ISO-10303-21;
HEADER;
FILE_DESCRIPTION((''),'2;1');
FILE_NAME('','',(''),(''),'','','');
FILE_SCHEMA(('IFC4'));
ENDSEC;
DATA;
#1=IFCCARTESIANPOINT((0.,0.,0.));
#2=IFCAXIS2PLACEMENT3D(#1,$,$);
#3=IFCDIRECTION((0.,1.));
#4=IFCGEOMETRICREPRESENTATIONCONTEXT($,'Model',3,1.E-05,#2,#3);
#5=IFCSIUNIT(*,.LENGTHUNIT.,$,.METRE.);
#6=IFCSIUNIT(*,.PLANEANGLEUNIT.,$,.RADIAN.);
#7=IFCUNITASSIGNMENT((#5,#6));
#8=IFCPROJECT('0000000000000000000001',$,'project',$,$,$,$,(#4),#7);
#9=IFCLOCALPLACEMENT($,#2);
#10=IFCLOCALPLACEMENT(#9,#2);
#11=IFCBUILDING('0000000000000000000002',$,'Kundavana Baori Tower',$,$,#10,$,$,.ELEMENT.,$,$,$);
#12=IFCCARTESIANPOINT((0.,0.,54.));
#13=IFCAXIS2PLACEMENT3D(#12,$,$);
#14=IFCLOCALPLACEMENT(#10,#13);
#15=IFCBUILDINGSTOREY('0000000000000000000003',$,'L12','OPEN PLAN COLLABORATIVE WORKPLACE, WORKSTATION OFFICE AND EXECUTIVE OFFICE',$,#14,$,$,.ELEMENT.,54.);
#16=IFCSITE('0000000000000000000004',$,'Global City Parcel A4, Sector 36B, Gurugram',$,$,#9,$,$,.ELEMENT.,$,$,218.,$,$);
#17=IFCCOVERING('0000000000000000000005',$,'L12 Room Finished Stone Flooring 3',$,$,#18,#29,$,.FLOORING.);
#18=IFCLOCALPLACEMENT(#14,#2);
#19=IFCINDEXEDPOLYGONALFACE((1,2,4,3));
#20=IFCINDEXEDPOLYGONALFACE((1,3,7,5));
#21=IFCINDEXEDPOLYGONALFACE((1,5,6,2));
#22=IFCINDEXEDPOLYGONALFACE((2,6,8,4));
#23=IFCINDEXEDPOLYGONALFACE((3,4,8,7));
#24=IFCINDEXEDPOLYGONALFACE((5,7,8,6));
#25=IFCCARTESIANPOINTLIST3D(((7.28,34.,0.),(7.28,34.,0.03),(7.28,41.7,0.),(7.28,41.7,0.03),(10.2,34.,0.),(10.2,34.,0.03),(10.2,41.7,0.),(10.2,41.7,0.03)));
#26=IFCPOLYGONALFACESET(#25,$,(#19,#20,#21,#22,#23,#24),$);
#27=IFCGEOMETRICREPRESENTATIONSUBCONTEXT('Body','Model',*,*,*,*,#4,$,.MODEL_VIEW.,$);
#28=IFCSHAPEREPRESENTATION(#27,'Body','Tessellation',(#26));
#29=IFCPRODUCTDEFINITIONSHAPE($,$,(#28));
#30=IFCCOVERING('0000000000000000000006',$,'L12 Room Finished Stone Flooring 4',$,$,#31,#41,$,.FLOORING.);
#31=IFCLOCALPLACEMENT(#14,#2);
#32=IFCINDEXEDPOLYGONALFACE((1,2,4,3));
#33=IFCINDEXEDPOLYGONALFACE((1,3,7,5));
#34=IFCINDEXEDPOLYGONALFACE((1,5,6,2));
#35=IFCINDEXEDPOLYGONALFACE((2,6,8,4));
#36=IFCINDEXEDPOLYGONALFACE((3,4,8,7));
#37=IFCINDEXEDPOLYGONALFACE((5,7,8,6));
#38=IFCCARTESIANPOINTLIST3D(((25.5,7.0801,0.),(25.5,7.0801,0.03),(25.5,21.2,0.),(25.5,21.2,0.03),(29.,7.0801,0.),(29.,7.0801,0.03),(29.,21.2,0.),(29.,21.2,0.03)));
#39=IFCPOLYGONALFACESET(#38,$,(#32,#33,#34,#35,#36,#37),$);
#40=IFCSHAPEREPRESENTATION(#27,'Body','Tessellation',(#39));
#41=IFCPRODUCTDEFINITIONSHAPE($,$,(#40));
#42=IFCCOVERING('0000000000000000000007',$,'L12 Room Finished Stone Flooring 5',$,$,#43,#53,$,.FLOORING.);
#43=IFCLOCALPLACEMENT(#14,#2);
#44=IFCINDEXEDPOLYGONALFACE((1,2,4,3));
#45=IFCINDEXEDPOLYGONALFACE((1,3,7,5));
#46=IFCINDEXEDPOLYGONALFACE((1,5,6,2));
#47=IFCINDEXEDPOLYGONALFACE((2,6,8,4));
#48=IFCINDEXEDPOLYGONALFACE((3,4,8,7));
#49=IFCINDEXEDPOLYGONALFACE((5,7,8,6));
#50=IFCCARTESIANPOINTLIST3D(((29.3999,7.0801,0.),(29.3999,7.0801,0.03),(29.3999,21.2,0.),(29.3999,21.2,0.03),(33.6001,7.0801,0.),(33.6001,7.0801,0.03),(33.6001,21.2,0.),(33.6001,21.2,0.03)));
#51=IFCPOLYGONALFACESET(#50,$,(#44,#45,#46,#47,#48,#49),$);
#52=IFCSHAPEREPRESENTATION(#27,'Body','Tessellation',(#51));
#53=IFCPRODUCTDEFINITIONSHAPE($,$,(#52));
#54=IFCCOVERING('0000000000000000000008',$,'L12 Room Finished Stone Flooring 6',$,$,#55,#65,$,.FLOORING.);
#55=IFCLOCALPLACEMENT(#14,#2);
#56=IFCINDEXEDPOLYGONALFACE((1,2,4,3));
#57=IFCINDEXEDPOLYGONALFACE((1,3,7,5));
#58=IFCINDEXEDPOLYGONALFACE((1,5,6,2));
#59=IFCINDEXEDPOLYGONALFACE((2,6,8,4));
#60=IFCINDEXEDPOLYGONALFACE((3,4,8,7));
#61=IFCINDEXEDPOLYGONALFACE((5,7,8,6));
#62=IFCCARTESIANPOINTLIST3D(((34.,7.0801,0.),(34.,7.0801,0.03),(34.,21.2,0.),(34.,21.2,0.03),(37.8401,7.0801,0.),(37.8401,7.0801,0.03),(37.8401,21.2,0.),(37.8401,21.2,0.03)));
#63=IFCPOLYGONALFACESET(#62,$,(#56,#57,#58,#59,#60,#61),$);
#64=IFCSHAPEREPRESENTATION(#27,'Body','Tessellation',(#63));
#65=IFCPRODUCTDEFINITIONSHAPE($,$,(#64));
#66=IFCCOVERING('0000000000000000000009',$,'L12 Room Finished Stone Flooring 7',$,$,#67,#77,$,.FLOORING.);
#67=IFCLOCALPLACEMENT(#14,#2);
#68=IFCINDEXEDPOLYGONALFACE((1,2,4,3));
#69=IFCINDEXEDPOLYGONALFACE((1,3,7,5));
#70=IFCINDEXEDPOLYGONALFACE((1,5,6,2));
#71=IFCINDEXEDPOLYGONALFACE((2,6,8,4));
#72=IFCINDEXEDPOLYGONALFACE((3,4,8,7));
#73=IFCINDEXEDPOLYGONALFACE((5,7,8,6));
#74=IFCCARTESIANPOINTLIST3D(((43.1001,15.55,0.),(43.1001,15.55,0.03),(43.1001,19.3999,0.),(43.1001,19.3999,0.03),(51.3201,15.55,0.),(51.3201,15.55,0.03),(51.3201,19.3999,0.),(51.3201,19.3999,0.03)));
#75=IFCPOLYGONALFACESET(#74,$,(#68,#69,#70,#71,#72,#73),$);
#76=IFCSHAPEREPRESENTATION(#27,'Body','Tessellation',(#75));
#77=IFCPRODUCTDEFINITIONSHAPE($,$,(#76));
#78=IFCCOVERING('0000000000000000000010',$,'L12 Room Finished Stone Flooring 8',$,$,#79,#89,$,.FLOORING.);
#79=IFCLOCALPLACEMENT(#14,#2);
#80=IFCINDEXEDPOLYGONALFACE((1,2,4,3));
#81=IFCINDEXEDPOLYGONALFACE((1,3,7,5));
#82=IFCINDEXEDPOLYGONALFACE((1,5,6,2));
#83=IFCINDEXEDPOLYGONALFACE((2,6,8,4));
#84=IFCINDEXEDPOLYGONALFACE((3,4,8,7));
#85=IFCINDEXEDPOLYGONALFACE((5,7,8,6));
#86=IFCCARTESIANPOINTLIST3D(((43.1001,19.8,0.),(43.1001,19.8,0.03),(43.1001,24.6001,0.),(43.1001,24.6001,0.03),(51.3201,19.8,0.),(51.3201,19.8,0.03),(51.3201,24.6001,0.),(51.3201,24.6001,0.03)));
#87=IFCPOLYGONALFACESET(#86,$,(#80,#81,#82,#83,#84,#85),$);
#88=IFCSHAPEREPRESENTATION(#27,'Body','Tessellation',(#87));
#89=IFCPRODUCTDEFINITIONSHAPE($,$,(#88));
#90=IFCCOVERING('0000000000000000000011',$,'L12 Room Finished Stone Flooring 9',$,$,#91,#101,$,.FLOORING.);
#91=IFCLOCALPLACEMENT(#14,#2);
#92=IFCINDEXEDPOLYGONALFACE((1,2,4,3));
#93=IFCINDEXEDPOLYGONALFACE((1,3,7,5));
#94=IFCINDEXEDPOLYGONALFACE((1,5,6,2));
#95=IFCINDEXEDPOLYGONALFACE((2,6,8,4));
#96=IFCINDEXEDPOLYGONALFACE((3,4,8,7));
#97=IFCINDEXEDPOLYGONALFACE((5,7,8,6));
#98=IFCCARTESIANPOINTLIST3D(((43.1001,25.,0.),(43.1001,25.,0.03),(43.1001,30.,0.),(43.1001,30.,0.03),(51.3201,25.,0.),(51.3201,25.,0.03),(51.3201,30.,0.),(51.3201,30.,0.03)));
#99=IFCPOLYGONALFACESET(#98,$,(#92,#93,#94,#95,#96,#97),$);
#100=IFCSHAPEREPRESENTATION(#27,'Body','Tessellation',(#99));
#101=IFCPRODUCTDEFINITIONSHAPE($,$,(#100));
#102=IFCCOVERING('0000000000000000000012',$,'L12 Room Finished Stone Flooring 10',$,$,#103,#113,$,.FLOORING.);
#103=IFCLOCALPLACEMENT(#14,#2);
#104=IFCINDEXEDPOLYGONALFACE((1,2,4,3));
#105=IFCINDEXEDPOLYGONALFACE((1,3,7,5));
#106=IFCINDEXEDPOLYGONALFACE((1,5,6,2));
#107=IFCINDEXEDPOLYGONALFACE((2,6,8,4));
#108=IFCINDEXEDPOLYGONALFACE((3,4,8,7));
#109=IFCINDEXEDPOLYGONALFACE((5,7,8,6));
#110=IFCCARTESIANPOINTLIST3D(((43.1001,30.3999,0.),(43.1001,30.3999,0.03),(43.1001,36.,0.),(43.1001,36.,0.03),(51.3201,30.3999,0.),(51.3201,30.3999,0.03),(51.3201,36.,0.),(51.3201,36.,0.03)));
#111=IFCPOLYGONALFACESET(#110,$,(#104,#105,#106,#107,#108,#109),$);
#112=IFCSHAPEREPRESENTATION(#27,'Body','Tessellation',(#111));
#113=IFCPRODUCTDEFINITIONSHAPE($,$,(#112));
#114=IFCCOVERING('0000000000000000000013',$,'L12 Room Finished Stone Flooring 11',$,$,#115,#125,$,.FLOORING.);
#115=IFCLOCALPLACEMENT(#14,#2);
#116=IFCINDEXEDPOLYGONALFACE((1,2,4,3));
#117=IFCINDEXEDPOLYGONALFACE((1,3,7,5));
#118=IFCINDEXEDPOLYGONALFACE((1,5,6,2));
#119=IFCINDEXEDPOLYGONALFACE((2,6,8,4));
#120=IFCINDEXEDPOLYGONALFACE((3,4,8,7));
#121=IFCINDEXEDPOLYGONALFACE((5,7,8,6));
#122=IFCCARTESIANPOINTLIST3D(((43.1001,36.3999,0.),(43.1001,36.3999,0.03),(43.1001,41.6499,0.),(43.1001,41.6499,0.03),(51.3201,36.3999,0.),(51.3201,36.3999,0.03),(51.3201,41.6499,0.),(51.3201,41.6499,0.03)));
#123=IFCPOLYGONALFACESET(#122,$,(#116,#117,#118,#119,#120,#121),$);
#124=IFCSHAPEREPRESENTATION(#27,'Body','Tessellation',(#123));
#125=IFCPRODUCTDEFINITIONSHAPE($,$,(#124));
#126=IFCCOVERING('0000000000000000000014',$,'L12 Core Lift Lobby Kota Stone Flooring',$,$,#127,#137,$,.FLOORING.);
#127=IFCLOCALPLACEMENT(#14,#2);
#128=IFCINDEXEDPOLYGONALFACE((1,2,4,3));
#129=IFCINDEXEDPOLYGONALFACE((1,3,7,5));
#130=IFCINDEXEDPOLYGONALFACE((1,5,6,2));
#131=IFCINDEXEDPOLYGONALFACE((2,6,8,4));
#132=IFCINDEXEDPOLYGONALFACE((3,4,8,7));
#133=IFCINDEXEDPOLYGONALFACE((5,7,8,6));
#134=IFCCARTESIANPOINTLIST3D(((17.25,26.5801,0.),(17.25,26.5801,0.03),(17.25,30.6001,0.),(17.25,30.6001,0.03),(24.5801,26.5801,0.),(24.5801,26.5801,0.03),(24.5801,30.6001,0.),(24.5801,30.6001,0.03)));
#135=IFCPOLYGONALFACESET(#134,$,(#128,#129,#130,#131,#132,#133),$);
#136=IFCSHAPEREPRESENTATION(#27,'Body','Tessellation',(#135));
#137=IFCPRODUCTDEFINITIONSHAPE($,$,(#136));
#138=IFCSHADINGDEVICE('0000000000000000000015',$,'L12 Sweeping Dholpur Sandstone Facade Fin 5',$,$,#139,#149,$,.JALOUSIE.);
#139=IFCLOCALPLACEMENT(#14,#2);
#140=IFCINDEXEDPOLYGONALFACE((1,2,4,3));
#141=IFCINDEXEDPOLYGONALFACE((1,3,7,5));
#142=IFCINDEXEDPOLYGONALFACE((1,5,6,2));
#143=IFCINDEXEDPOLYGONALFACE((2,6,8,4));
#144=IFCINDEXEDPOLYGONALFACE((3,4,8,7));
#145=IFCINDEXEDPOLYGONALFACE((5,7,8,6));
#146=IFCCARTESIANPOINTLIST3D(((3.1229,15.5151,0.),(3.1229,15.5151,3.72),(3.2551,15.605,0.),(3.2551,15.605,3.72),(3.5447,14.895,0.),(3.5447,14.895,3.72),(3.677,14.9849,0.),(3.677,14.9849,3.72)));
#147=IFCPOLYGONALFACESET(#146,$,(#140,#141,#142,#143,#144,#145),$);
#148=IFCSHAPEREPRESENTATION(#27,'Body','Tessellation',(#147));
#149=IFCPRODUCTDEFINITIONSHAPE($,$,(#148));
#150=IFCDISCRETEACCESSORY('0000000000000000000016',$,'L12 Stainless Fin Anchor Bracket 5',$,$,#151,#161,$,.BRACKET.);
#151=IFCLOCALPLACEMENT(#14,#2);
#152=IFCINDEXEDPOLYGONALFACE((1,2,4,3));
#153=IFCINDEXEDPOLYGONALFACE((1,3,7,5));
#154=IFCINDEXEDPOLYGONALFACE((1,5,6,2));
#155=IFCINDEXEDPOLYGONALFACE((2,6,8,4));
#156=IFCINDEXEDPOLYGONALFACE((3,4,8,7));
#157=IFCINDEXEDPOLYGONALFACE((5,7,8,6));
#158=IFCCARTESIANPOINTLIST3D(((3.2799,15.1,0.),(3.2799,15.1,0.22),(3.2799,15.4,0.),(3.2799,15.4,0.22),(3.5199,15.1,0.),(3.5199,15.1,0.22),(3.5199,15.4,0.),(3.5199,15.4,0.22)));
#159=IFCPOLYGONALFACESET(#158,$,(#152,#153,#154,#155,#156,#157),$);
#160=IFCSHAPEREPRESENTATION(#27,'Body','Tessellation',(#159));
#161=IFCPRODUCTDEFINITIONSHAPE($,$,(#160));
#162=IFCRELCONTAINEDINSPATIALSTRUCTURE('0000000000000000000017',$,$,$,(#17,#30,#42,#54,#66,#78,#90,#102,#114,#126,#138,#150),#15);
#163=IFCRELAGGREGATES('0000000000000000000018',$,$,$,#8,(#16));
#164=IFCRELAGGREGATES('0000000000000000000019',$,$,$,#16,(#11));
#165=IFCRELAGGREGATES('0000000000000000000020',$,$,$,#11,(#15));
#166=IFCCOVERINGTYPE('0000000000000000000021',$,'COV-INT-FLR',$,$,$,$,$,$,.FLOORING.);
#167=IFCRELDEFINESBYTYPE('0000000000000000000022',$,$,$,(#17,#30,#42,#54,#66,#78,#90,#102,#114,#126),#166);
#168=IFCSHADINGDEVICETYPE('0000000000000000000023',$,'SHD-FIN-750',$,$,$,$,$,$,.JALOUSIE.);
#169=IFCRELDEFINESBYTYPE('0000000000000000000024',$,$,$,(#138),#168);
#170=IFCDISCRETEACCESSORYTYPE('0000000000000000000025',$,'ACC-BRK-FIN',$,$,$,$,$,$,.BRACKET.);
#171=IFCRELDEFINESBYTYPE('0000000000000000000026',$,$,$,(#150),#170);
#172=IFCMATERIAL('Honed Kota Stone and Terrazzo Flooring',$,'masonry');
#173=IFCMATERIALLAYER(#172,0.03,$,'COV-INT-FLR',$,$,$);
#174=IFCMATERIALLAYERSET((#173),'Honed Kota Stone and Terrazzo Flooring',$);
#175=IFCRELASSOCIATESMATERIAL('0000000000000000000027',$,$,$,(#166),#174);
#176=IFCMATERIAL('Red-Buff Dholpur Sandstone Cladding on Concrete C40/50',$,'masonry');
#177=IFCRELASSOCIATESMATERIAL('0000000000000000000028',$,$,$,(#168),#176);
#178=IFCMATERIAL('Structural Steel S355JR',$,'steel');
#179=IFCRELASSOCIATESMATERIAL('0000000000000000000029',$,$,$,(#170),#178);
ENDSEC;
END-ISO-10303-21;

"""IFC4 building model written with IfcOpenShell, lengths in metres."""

from ifc_helpers import new_model, si_unit, direction, frame, origin, origin_2d, place, context, subcontext, project, spatial, polyline, rectangle, outline, extrude, material, layer, layer_set, type_object, element, save


model = new_model("IFC4")

# Units and contexts
model_context = context("Model", 3, precision=1e-05, world=origin(), true_north=direction((0.0, 1.0)))
body_context = subcontext(model_context, "Body", "Model", "MODEL_VIEW")
ifc_project = project(units=[si_unit("LENGTHUNIT", "METRE"), si_unit("PLANEANGLEUNIT", "RADIAN")], contexts=[model_context])

# Site, building, storey
site_placement = place(None, origin())
site = spatial("IfcSite", under=ifc_project, at=site_placement, Name="Global City Parcel A4, Sector 36B, Gurugram", CompositionType="ELEMENT", RefElevation=218.0)
building_placement = place(site_placement, origin())
building = spatial("IfcBuilding", under=site, at=building_placement, Name="Kundavana Baori Tower", CompositionType="ELEMENT")
storey_placement = place(building_placement, frame((0.0, 0.0, 54.0)))
storey = spatial("IfcBuildingStorey", under=building, at=storey_placement, Name="L12", Description="OPEN PLAN COLLABORATIVE WORKPLACE, WORKSTATION OFFICE AND EXECUTIVE OFFICE", CompositionType="ELEMENT", Elevation=54.0)

# Coverings
ifc_material_1 = material(Name="Honed Kota Stone and Terrazzo Flooring", Category="masonry")
ifc_layer_1 = layer(ifc_material_1, 0.03, Name="COV-INT-FLR")
ifc_layer_set_1 = layer_set([ifc_layer_1], Name="Honed Kota Stone and Terrazzo Flooring")
covering_type_1 = type_object("IfcCoveringType", Name="COV-INT-FLR", PredefinedType="FLOORING", material=ifc_layer_set_1)
covering_1_placement = place(storey_placement, origin())
element("IfcCovering", 1, at=covering_1_placement, inside=storey, type_object=covering_type_1, Name="L12 Room Finished Stone Flooring 3", PredefinedType="FLOORING", context=body_context, shape_type="SweptSolid", body=[
    extrude(outline(polyline([(7.28, 34.0), (10.2, 34.0), (10.2, 41.7), (7.28, 41.7), (7.28, 34.0)])), origin(), (0.0, 0.0, 1.0), 0.03),
])
covering_2_placement = place(storey_placement, origin())
element("IfcCovering", 2, at=covering_2_placement, inside=storey, type_object=covering_type_1, Name="L12 Room Finished Stone Flooring 4", PredefinedType="FLOORING", context=body_context, shape_type="SweptSolid", body=[
    extrude(outline(polyline([(25.5, 7.0801), (29.0, 7.0801), (29.0, 21.2), (25.5, 21.2), (25.5, 7.0801)])), origin(), (0.0, 0.0, 1.0), 0.03),
])
covering_3_placement = place(storey_placement, origin())
element("IfcCovering", 3, at=covering_3_placement, inside=storey, type_object=covering_type_1, Name="L12 Room Finished Stone Flooring 5", PredefinedType="FLOORING", context=body_context, shape_type="SweptSolid", body=[
    extrude(outline(polyline([(29.3999, 7.0801), (33.6001, 7.0801), (33.6001, 21.2), (29.3999, 21.2), (29.3999, 7.0801)])), origin(), (0.0, 0.0, 1.0), 0.03),
])
covering_4_placement = place(storey_placement, origin())
element("IfcCovering", 4, at=covering_4_placement, inside=storey, type_object=covering_type_1, Name="L12 Room Finished Stone Flooring 6", PredefinedType="FLOORING", context=body_context, shape_type="SweptSolid", body=[
    extrude(outline(polyline([(34.0, 7.0801), (37.8401, 7.0801), (37.8401, 21.2), (34.0, 21.2), (34.0, 7.0801)])), origin(), (0.0, 0.0, 1.0), 0.03),
])
covering_5_placement = place(storey_placement, origin())
element("IfcCovering", 5, at=covering_5_placement, inside=storey, type_object=covering_type_1, Name="L12 Room Finished Stone Flooring 7", PredefinedType="FLOORING", context=body_context, shape_type="SweptSolid", body=[
    extrude(outline(polyline([(43.1001, 15.55), (51.3201, 15.55), (51.3201, 19.3999), (43.1001, 19.3999), (43.1001, 15.55)])), origin(), (0.0, 0.0, 1.0), 0.03),
])
covering_6_placement = place(storey_placement, origin())
element("IfcCovering", 6, at=covering_6_placement, inside=storey, type_object=covering_type_1, Name="L12 Room Finished Stone Flooring 8", PredefinedType="FLOORING", context=body_context, shape_type="SweptSolid", body=[
    extrude(outline(polyline([(43.1001, 19.8), (51.3201, 19.8), (51.3201, 24.6001), (43.1001, 24.6001), (43.1001, 19.8)])), origin(), (0.0, 0.0, 1.0), 0.03),
])
covering_7_placement = place(storey_placement, origin())
element("IfcCovering", 7, at=covering_7_placement, inside=storey, type_object=covering_type_1, Name="L12 Room Finished Stone Flooring 9", PredefinedType="FLOORING", context=body_context, shape_type="SweptSolid", body=[
    extrude(outline(polyline([(43.1001, 25.0), (51.3201, 25.0), (51.3201, 30.0), (43.1001, 30.0), (43.1001, 25.0)])), origin(), (0.0, 0.0, 1.0), 0.03),
])
covering_8_placement = place(storey_placement, origin())
element("IfcCovering", 8, at=covering_8_placement, inside=storey, type_object=covering_type_1, Name="L12 Room Finished Stone Flooring 10", PredefinedType="FLOORING", context=body_context, shape_type="SweptSolid", body=[
    extrude(outline(polyline([(43.1001, 30.3999), (51.3201, 30.3999), (51.3201, 36.0), (43.1001, 36.0), (43.1001, 30.3999)])), origin(), (0.0, 0.0, 1.0), 0.03),
])
covering_9_placement = place(storey_placement, origin())
element("IfcCovering", 9, at=covering_9_placement, inside=storey, type_object=covering_type_1, Name="L12 Room Finished Stone Flooring 11", PredefinedType="FLOORING", context=body_context, shape_type="SweptSolid", body=[
    extrude(outline(polyline([(43.1001, 36.3999), (51.3201, 36.3999), (51.3201, 41.6499), (43.1001, 41.6499), (43.1001, 36.3999)])), origin(), (0.0, 0.0, 1.0), 0.03),
])
covering_10_placement = place(storey_placement, origin())
element("IfcCovering", 10, at=covering_10_placement, inside=storey, type_object=covering_type_1, Name="L12 Core Lift Lobby Kota Stone Flooring", PredefinedType="FLOORING", context=body_context, shape_type="SweptSolid", body=[
    extrude(outline(polyline([(17.25, 26.5801), (24.5801, 26.5801), (24.5801, 30.6001), (17.25, 30.6001), (17.25, 26.5801)])), origin(), (0.0, 0.0, 1.0), 0.03),
])

# Shading device
ifc_material_2 = material(Name="Red-Buff Dholpur Sandstone Cladding on Concrete C40/50", Category="masonry")
shading_device_type = type_object("IfcShadingDeviceType", Name="SHD-FIN-750", PredefinedType="JALOUSIE", material=ifc_material_2)
shading_device_placement = place(storey_placement, frame((3.3999, 15.25, 0.0), z_axis=(0.0, 0.0, 1.0), x_axis=(0.826786, 0.562516, 0.0)))
element("IfcShadingDevice", 11, at=shading_device_placement, inside=storey, type_object=shading_device_type, Name="L12 Sweeping Dholpur Sandstone Facade Fin 5", PredefinedType="JALOUSIE", context=body_context, shape_type="SweptSolid", body=[
    extrude(rectangle(XDim=0.1599, YDim=0.75, at=origin_2d()), origin(), (0.0, 0.0, 1.0), 3.72),
])

# Discrete accessory
ifc_material_3 = material(Name="Structural Steel S355JR", Category="steel")
discrete_accessory_type = type_object("IfcDiscreteAccessoryType", Name="ACC-BRK-FIN", PredefinedType="BRACKET", material=ifc_material_3)
discrete_accessory_placement = place(storey_placement, frame((3.3999, 15.25, 0.0), z_axis=(0.0, 0.0, 1.0), x_axis=(1.0, 0.0, 0.0)))
element("IfcDiscreteAccessory", 12, at=discrete_accessory_placement, inside=storey, type_object=discrete_accessory_type, Name="L12 Stainless Fin Anchor Bracket 5", PredefinedType="BRACKET", context=body_context, shape_type="SweptSolid", body=[
    extrude(rectangle(XDim=0.24, YDim=0.3, at=origin_2d()), origin(), (0.0, 0.0, 1.0), 0.22),
])

save(model, "model.ifc")
